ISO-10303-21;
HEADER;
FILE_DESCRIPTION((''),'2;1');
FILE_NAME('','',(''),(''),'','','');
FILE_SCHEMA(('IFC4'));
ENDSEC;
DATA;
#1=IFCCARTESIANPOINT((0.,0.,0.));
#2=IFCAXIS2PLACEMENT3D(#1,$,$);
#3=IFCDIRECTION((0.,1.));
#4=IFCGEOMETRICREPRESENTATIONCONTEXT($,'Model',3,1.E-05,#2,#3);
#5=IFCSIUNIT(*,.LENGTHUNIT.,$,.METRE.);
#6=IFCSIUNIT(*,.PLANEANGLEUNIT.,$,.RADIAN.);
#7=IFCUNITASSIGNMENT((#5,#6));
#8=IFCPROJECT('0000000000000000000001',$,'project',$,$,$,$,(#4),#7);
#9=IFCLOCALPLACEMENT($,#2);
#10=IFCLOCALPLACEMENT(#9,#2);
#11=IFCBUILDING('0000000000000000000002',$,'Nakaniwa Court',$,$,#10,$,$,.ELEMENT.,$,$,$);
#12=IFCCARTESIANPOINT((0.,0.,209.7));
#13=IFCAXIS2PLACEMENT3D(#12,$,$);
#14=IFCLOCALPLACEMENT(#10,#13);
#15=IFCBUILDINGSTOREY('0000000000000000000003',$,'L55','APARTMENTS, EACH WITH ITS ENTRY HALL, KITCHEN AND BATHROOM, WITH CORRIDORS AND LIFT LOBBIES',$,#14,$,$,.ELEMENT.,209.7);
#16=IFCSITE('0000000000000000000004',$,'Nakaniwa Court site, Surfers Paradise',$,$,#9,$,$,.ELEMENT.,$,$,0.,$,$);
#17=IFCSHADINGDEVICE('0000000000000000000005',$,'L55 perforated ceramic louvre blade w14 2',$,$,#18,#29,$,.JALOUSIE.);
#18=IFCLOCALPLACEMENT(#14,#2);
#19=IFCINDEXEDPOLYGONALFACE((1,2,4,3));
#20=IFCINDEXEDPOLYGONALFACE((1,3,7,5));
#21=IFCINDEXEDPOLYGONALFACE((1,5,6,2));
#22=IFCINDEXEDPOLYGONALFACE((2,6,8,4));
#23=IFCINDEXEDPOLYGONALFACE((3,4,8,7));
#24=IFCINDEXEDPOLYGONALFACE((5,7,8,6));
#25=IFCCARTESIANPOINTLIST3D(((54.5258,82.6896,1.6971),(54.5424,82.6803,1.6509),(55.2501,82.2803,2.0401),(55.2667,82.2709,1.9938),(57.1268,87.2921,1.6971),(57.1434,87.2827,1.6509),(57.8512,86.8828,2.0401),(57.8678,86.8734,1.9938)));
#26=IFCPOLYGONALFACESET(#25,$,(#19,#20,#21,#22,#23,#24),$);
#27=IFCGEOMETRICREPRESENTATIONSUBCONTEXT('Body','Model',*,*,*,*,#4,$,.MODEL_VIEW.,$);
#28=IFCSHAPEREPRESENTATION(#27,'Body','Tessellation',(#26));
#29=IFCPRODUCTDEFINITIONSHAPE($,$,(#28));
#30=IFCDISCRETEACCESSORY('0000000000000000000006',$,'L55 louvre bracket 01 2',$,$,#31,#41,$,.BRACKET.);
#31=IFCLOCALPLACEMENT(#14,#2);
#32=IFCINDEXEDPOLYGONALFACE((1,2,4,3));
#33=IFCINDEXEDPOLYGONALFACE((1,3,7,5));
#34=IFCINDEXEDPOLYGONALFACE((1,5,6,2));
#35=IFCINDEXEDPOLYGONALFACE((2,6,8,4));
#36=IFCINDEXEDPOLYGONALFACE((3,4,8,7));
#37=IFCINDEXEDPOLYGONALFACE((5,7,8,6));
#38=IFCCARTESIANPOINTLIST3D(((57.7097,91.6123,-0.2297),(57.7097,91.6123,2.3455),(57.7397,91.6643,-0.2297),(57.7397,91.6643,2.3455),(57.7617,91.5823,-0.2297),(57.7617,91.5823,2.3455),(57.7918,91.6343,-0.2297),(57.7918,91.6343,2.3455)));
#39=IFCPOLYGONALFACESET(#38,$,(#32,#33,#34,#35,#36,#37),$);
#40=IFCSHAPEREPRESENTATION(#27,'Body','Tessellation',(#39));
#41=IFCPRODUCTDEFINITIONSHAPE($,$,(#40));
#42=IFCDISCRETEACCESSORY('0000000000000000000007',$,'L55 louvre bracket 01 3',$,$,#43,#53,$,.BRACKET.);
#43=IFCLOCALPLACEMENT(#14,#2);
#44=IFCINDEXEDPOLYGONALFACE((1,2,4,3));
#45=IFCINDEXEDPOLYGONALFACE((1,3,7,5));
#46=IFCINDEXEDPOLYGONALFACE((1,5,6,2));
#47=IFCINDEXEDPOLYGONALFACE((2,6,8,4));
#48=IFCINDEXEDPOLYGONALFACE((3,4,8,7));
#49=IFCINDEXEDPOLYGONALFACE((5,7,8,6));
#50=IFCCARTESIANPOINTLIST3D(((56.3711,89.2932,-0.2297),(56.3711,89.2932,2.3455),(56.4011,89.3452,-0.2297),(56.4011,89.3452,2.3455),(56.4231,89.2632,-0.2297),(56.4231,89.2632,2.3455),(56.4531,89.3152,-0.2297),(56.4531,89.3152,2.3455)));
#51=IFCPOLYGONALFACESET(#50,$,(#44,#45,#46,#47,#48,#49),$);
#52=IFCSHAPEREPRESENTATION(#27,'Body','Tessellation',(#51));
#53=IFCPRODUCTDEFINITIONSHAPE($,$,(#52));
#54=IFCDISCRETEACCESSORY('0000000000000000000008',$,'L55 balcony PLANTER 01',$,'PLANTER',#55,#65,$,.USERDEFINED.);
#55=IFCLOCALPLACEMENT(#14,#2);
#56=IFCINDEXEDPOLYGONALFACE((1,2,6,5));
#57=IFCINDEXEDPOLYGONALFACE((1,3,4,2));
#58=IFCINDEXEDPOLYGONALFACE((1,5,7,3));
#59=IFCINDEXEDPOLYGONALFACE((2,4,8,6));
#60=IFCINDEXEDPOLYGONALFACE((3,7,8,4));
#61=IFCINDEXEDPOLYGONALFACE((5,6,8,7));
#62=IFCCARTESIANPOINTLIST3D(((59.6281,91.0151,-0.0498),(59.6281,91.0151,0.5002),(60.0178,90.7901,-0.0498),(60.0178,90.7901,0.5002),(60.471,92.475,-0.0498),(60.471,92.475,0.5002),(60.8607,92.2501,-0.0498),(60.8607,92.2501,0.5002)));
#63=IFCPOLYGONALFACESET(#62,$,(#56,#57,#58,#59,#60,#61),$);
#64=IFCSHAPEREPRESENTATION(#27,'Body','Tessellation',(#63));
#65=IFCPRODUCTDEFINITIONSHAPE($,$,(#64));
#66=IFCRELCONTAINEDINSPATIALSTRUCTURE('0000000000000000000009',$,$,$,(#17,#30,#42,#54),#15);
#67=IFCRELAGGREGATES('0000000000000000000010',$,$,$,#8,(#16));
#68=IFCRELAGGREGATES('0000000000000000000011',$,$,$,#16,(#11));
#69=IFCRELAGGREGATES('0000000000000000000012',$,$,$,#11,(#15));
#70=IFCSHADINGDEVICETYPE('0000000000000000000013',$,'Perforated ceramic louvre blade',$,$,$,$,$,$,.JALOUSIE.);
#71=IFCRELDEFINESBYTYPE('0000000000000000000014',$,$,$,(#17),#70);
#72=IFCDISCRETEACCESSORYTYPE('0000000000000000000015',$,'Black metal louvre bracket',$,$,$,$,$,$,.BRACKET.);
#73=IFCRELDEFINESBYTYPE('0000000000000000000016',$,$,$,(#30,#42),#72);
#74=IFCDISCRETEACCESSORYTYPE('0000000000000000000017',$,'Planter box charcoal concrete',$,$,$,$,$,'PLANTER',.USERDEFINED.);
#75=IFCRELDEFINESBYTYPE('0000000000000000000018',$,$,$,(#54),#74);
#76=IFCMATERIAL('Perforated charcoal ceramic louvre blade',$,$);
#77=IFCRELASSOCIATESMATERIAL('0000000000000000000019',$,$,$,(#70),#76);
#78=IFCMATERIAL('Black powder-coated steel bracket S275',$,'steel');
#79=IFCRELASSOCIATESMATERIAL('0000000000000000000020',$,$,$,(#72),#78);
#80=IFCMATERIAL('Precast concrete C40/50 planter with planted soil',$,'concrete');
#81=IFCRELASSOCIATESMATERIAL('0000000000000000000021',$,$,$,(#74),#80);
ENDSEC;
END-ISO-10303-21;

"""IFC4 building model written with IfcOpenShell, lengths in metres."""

from ifc_helpers import new_model, si_unit, direction, frame, origin, origin_2d, place, context, subcontext, project, spatial, rectangle, extrude, material, material_profile, profile_set, type_object, element, save


model = new_model("IFC4")

# Units and contexts
model_context = context("Model", 3, precision=1e-05, world=origin(), true_north=direction((0.0, 1.0)))
body_context = subcontext(model_context, "Body", "Model", "MODEL_VIEW")
ifc_project = project(units=[si_unit("LENGTHUNIT", "METRE"), si_unit("PLANEANGLEUNIT", "RADIAN")], contexts=[model_context])

# Site, building, storey
site_placement = place(None, origin())
site = spatial("IfcSite", under=ifc_project, at=site_placement, Name="Nakaniwa Court site, Surfers Paradise", CompositionType="ELEMENT", RefElevation=0.0)
building_placement = place(site_placement, origin())
building = spatial("IfcBuilding", under=site, at=building_placement, Name="Nakaniwa Court", CompositionType="ELEMENT")
storey_placement = place(building_placement, frame((0.0, 0.0, 209.7)))
storey = spatial("IfcBuildingStorey", under=building, at=storey_placement, Name="L55", Description="APARTMENTS, EACH WITH ITS ENTRY HALL, KITCHEN AND BATHROOM, WITH CORRIDORS AND LIFT LOBBIES", CompositionType="ELEMENT", Elevation=209.7)

# Shading device
ifc_material_1 = material(Name="Perforated charcoal ceramic louvre blade")
ifc_material_profile_1 = material_profile(ifc_material_1, rectangle(XDim=0.8999, YDim=0.05, at=origin_2d()), Name="Perforated ceramic louvre blade")
ifc_profile_set_1 = profile_set([ifc_material_profile_1], Name="Perforated charcoal ceramic louvre blade")
shading_device_type = type_object("IfcShadingDeviceType", Name="Perforated ceramic louvre blade", PredefinedType="JALOUSIE", material=ifc_profile_set_1)
for number, where, z_axis, x_axis, name in (
    (1, (57.4973, 87.0828, 1.8455), (-0.492006, -0.870592, 0.0), (0.804902, -0.454882, 0.38107), "L55 perforated ceramic louvre blade w14 2"),
):
    element("IfcShadingDevice", number, at=place(storey_placement, frame(where, z_axis=z_axis, x_axis=x_axis)), inside=storey, type_object=shading_device_type, Name=name, PredefinedType="JALOUSIE", context=body_context, shape_type="SweptSolid", body=[
        extrude(rectangle(XDim=0.8999, YDim=0.05, at=origin_2d()), origin(), (0.0, 0.0, 1.0), 5.2866),
    ])

# Discrete accessories
ifc_material_2 = material(Name="Black powder-coated steel bracket S275", Category="steel")
discrete_accessory_type_1 = type_object("IfcDiscreteAccessoryType", Name="Black metal louvre bracket", PredefinedType="BRACKET", material=ifc_material_2)
for number, where, z_axis, x_axis, name in (
    (2, (57.7507, 91.6233, -0.2297), (0.0, 0.0, 1.0), (-0.499986, -0.866033, 0.0), "L55 louvre bracket 01 2"),
    (3, (56.4121, 89.3042, -0.2297), (0.0, 0.0, 1.0), (-0.499986, -0.866033, 0.0), "L55 louvre bracket 01 3"),
):
    element("IfcDiscreteAccessory", number, at=place(storey_placement, frame(where, z_axis=z_axis, x_axis=x_axis)), inside=storey, type_object=discrete_accessory_type_1, Name=name, PredefinedType="BRACKET", context=body_context, shape_type="SweptSolid", body=[
        extrude(rectangle(XDim=0.0601, YDim=0.0601, at=origin_2d()), origin(), (0.0, 0.0, 1.0), 2.5752),
    ])
ifc_material_3 = material(Name="Precast concrete C40/50 planter with planted soil", Category="concrete")
discrete_accessory_type_2 = type_object("IfcDiscreteAccessoryType", Name="Planter box charcoal concrete", ElementType="PLANTER", PredefinedType="USERDEFINED", material=ifc_material_3)
discrete_accessory_placement = place(storey_placement, frame((60.2444, 91.6326, -0.0498), z_axis=(0.0, 0.0, 1.0), x_axis=(-0.499986, -0.866033, 0.0)))
element("IfcDiscreteAccessory", 4, at=discrete_accessory_placement, inside=storey, type_object=discrete_accessory_type_2, Name="L55 balcony PLANTER 01", ObjectType="PLANTER", PredefinedType="USERDEFINED", context=body_context, shape_type="SweptSolid", body=[
    extrude(rectangle(XDim=1.6858, YDim=0.45, at=origin_2d()), origin(), (0.0, 0.0, 1.0), 0.55),
])

save(model, "model.ifc")
